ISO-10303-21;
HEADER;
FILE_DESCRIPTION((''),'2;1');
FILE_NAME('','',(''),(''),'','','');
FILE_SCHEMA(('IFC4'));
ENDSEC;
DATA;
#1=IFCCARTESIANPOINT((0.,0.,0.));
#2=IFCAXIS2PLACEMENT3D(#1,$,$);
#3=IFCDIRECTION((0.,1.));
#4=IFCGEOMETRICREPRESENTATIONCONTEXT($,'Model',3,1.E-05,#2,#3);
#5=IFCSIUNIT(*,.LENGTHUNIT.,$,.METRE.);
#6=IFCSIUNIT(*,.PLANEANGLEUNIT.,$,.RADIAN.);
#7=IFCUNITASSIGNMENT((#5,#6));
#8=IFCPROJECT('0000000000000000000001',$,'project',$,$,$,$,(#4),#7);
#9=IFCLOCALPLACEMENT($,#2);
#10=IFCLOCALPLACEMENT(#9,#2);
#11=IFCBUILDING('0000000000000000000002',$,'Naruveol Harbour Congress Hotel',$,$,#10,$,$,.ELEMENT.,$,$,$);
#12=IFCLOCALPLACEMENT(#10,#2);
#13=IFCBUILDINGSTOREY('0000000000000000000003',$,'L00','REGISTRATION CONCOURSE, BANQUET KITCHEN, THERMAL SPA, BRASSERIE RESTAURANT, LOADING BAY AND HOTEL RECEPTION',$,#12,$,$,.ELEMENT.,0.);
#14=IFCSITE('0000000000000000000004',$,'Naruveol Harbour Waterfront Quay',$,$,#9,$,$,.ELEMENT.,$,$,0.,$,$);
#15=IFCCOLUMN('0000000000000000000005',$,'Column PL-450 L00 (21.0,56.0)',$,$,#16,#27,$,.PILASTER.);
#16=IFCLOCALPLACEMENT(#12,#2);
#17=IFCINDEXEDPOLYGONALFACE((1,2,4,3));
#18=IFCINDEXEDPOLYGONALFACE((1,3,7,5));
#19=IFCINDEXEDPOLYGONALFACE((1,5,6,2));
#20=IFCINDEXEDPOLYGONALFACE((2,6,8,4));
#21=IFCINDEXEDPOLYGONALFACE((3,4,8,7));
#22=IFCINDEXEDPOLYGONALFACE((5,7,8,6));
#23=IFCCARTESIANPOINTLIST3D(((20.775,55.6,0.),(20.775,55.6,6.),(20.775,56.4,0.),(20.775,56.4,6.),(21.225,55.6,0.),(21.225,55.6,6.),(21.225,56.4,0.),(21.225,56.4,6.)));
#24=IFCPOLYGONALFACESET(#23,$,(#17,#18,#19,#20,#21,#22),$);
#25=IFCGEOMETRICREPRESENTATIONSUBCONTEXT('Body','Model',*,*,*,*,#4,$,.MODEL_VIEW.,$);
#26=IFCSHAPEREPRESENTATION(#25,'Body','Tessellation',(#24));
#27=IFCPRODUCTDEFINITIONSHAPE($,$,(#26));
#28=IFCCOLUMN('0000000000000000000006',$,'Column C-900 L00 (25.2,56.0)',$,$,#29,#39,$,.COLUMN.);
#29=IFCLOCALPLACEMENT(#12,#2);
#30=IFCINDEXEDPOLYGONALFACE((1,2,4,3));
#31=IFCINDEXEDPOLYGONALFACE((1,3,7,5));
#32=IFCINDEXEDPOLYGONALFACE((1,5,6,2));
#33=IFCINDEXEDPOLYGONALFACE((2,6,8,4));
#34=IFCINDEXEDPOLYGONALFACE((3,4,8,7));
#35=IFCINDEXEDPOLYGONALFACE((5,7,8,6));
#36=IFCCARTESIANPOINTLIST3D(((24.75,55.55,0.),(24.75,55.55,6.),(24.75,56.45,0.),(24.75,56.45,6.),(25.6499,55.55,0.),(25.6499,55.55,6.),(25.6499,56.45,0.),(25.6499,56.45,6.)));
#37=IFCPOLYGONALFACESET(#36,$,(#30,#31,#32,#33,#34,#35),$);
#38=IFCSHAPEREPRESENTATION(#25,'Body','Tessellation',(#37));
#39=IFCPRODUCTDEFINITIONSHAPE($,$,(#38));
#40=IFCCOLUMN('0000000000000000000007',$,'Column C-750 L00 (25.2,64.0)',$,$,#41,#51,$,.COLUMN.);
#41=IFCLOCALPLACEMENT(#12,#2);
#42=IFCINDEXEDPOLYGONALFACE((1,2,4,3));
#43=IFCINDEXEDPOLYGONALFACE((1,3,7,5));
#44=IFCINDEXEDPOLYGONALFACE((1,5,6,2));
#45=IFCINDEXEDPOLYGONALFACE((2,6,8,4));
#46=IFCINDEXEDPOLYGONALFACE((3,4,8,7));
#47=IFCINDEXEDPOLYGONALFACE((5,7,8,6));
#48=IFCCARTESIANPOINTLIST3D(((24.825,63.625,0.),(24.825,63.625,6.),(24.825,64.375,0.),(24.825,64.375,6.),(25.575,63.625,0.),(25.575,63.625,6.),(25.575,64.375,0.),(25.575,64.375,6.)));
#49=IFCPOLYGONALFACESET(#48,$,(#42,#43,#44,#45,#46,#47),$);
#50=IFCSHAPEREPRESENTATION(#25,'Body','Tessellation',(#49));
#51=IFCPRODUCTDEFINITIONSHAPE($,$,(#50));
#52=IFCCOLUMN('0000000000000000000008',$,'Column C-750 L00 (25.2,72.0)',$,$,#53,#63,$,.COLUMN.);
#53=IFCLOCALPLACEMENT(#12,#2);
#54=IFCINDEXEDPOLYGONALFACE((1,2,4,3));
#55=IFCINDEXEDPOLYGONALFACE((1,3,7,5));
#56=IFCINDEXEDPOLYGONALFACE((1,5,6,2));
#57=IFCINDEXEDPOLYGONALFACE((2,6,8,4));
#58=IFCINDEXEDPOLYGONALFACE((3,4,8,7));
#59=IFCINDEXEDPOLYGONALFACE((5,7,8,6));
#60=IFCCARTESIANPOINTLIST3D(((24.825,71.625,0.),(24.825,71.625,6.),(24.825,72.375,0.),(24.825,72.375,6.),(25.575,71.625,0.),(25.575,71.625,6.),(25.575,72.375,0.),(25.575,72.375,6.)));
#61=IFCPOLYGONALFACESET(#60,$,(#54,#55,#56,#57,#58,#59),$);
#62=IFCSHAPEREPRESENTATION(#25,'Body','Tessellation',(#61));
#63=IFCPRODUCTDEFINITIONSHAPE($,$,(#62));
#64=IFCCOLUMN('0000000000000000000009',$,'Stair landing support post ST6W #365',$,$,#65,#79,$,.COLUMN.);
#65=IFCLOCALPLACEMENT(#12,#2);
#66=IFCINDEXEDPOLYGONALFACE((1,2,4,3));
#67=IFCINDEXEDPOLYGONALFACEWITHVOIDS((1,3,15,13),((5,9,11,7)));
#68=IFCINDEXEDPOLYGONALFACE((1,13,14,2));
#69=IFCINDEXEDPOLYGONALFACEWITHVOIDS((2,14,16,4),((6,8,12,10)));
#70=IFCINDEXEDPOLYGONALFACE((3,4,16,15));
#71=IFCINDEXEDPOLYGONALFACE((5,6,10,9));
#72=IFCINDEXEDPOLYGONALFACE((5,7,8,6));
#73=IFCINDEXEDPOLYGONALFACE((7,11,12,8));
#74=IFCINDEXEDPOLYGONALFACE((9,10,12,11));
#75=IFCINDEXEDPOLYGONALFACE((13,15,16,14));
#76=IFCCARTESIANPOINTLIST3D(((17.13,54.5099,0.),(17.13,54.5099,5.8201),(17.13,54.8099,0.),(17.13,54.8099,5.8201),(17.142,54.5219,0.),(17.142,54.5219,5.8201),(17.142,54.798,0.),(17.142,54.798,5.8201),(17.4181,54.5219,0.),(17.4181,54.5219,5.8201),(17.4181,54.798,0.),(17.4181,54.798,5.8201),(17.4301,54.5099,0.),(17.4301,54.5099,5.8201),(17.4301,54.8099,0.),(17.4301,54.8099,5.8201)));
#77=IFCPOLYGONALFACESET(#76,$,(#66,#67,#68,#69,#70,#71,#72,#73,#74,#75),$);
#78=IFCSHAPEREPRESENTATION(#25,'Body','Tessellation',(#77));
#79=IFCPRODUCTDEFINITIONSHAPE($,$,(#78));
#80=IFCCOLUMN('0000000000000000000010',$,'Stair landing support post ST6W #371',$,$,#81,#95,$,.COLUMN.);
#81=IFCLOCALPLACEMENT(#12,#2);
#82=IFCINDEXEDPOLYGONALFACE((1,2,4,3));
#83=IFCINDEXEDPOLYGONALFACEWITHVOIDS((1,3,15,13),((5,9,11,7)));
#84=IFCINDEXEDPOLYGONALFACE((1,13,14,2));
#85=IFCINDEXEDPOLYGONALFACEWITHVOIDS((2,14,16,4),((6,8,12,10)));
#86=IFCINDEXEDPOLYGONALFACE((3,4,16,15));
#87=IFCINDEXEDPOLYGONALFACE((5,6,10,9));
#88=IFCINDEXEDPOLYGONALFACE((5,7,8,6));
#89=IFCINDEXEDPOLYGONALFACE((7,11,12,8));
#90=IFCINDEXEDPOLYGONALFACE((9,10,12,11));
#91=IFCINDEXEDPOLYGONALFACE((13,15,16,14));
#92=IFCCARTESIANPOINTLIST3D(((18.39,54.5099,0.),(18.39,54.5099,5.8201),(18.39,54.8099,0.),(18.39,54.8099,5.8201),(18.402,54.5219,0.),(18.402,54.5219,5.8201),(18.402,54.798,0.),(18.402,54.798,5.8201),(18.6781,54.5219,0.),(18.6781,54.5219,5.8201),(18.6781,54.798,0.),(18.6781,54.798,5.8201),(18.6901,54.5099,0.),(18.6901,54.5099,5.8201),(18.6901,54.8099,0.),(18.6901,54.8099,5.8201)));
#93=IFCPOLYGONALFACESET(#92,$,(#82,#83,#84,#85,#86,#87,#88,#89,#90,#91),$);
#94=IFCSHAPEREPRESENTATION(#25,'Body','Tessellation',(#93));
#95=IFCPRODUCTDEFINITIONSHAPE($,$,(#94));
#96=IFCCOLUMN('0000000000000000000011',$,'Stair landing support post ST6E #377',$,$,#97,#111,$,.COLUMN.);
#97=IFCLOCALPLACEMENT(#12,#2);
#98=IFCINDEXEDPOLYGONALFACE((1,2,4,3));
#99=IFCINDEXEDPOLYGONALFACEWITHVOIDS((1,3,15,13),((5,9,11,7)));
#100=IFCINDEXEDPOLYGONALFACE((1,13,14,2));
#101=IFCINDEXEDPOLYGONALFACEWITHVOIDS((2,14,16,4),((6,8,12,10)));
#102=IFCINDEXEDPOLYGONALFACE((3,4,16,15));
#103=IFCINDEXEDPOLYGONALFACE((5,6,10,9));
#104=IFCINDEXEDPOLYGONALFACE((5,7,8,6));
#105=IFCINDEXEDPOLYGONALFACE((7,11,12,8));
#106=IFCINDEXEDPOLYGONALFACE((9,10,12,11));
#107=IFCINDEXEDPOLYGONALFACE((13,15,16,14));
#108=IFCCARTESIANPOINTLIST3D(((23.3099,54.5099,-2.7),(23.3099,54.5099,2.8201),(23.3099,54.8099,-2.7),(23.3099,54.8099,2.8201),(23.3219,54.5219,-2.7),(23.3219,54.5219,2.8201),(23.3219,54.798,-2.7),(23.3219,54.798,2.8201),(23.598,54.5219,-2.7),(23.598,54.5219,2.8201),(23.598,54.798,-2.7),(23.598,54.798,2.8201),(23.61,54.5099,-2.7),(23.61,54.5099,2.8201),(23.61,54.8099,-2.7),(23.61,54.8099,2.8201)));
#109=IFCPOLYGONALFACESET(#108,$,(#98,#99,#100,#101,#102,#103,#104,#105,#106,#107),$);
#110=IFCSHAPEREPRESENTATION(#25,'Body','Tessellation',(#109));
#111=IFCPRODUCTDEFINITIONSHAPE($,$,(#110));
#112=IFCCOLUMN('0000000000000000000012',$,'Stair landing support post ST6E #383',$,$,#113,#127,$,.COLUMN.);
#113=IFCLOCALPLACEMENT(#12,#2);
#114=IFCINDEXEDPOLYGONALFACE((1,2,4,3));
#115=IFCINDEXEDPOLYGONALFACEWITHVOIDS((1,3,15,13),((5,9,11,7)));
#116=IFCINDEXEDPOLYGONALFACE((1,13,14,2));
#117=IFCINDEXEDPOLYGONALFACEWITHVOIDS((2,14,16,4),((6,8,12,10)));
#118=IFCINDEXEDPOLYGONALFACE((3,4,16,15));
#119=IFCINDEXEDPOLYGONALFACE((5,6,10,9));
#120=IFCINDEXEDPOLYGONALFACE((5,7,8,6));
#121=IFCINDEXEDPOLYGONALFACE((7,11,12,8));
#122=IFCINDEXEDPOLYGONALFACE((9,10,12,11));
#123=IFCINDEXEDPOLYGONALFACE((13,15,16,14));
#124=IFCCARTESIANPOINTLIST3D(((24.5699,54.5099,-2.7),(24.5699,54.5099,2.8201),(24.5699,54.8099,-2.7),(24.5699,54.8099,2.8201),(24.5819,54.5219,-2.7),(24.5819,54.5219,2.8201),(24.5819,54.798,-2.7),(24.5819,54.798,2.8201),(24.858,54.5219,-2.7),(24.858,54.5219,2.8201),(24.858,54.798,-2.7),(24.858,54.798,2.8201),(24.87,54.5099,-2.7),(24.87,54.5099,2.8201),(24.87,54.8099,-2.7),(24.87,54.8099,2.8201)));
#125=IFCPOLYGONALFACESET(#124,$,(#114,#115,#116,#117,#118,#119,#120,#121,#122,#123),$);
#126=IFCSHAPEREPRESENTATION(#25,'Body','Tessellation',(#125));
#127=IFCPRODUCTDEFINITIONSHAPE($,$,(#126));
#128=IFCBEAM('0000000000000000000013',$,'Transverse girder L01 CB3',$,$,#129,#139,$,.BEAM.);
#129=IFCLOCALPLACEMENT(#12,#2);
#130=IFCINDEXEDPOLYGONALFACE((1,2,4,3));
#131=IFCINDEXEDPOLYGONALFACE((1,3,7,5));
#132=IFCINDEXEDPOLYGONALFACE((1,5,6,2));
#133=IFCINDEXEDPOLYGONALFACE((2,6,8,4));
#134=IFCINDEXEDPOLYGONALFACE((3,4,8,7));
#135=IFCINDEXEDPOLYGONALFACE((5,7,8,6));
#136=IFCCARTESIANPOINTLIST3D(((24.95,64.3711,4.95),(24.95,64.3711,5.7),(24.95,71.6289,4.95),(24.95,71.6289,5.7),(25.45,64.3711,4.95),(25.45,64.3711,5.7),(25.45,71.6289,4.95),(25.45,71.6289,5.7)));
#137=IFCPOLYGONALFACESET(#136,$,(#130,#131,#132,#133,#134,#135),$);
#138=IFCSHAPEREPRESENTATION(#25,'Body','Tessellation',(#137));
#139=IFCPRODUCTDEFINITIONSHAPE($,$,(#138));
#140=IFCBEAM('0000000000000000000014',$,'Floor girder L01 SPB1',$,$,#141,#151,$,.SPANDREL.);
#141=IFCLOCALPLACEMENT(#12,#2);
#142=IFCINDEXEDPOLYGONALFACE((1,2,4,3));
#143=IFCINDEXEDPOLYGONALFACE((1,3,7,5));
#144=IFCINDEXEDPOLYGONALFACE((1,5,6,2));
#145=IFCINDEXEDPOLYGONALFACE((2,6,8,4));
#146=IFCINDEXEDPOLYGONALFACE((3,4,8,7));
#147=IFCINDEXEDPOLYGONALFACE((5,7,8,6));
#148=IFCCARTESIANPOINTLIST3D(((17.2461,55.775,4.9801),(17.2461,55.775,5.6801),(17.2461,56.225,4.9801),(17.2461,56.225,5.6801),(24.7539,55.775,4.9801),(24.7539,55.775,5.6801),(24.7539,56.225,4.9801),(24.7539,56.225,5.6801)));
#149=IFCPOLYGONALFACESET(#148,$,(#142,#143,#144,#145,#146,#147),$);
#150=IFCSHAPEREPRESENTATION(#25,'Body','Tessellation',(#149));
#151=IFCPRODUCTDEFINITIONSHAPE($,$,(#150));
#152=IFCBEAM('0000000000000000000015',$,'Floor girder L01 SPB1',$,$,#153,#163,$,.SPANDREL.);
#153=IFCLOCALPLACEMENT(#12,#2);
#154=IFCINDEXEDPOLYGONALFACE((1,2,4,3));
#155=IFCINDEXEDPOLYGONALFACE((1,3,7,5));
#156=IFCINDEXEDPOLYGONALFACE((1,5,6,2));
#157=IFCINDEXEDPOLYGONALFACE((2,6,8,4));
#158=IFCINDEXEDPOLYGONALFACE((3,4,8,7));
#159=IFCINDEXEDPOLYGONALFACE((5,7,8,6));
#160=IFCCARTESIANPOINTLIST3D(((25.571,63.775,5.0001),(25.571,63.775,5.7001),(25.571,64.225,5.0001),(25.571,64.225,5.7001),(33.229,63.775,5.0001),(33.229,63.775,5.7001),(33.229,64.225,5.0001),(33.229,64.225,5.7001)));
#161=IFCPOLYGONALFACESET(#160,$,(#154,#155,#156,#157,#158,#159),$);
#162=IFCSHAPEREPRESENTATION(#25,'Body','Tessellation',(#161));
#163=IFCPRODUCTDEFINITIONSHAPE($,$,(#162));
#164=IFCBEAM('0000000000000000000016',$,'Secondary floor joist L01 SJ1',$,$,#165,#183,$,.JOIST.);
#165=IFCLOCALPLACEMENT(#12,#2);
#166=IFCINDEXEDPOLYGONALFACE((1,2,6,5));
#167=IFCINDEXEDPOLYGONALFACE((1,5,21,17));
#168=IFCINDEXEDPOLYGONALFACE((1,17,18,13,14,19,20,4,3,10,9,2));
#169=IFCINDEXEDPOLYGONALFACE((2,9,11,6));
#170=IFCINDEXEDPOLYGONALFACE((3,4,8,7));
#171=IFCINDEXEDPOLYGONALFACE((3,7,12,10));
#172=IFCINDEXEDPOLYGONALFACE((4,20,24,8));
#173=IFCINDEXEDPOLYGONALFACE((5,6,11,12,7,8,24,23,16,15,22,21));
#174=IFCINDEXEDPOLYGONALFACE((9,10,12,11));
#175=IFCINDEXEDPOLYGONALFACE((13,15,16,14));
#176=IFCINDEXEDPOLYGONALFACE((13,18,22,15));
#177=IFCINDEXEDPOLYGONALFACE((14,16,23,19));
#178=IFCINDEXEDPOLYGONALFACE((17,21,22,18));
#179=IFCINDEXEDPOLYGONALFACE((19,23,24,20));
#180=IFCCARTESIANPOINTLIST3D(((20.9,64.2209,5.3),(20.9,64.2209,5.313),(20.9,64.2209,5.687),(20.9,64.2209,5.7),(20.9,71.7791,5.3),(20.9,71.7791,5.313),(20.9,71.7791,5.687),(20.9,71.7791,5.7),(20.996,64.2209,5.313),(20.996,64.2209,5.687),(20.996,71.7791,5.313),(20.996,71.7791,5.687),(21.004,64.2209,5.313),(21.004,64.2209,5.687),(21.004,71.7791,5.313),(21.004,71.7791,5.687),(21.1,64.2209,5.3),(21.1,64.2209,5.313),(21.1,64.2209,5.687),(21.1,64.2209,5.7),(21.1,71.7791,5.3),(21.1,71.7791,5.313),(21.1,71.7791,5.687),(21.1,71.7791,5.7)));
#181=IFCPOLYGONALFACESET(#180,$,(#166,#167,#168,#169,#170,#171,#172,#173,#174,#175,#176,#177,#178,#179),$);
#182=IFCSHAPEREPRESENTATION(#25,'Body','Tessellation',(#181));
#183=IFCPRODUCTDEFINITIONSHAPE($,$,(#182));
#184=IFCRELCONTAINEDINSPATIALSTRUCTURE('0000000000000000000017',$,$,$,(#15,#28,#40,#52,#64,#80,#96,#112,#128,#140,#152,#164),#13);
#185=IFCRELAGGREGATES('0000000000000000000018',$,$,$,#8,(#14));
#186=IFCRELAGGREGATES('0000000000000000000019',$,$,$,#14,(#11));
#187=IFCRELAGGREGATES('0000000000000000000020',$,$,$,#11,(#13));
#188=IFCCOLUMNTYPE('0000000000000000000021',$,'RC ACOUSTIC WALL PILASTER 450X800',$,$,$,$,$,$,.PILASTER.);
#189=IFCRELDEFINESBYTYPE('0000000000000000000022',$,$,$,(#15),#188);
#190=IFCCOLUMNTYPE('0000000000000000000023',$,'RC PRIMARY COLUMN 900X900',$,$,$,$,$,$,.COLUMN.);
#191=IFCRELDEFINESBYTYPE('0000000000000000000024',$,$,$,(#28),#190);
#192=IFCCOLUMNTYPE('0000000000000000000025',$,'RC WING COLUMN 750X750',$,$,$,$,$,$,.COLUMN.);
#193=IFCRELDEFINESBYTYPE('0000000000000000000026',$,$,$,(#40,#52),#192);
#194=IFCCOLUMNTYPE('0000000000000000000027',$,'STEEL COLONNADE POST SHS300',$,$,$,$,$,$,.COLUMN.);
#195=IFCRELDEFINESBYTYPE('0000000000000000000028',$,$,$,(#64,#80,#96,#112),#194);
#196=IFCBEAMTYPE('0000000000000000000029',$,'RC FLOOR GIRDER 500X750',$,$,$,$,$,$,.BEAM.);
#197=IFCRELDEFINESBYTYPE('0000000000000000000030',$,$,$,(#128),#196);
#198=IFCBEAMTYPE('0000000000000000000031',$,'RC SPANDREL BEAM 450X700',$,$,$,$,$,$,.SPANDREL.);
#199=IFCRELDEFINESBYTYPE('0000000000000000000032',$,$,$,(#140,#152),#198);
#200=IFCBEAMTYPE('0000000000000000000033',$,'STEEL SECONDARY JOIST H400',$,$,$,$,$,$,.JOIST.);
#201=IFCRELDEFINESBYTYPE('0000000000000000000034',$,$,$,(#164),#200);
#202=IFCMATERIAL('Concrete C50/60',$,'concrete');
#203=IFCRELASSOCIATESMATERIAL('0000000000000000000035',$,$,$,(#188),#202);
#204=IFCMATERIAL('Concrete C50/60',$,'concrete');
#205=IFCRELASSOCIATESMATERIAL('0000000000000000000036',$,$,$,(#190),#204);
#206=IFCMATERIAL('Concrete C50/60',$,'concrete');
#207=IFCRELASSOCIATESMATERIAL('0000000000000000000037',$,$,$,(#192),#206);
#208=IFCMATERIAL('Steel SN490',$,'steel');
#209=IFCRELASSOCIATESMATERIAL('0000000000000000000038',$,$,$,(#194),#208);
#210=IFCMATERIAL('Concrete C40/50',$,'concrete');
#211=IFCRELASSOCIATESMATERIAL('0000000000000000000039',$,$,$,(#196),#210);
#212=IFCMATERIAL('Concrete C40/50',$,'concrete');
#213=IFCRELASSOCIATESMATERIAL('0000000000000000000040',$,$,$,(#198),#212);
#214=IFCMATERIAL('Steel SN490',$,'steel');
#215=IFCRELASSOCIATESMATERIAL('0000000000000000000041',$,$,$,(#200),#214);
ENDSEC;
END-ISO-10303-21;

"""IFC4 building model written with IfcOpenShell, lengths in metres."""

from ifc_helpers import new_model, si_unit, direction, frame, origin, origin_2d, place, context, subcontext, project, spatial, rectangle, hollow_rectangle, i_section, extrude, material, material_profile, profile_set, type_object, element, save


model = new_model("IFC4")

# Units and contexts
model_context = context("Model", 3, precision=1e-05, world=origin(), true_north=direction((0.0, 1.0)))
body_context = subcontext(model_context, "Body", "Model", "MODEL_VIEW")
ifc_project = project(units=[si_unit("LENGTHUNIT", "METRE"), si_unit("PLANEANGLEUNIT", "RADIAN")], contexts=[model_context])

# Site, building, storey
site_placement = place(None, origin())
site = spatial("IfcSite", under=ifc_project, at=site_placement, Name="Naruveol Harbour Waterfront Quay", CompositionType="ELEMENT", RefElevation=0.0)
building_placement = place(site_placement, origin())
building = spatial("IfcBuilding", under=site, at=building_placement, Name="Naruveol Harbour Congress Hotel", CompositionType="ELEMENT")
storey_placement = place(building_placement, origin())
storey = spatial("IfcBuildingStorey", under=building, at=storey_placement, Name="L00", Description="REGISTRATION CONCOURSE, BANQUET KITCHEN, THERMAL SPA, BRASSERIE RESTAURANT, LOADING BAY AND HOTEL RECEPTION", CompositionType="ELEMENT", Elevation=0.0)

# Columns
ifc_material_1 = material(Name="Concrete C50/60", Category="concrete")
ifc_material_profile_1 = material_profile(ifc_material_1, rectangle(XDim=0.45, YDim=0.8, at=origin_2d()), Name="RC-450x800")
ifc_profile_set_1 = profile_set([ifc_material_profile_1], Name="Concrete C50/60")
column_type_1 = type_object("IfcColumnType", Name="RC ACOUSTIC WALL PILASTER 450X800", PredefinedType="PILASTER", material=ifc_profile_set_1)
column_1_placement = place(storey_placement, frame((21.0, 56.0, 0.0), z_axis=(0.0, 0.0, 1.0), x_axis=(1.0, 0.0, 0.0)))
element("IfcColumn", 1, at=column_1_placement, inside=storey, type_object=column_type_1, Name="Column PL-450 L00 (21.0,56.0)", PredefinedType="PILASTER", context=body_context, shape_type="SweptSolid", body=[
    extrude(rectangle(XDim=0.45, YDim=0.8, at=origin_2d()), origin(), (0.0, 0.0, 1.0), 6.0),
])
ifc_material_2 = material(Name="Concrete C50/60", Category="concrete")
ifc_material_profile_2 = material_profile(ifc_material_2, rectangle(XDim=0.8999, YDim=0.8999, at=origin_2d()), Name="RC-900x900")
ifc_profile_set_2 = profile_set([ifc_material_profile_2], Name="Concrete C50/60")
column_type_2 = type_object("IfcColumnType", Name="RC PRIMARY COLUMN 900X900", PredefinedType="COLUMN", material=ifc_profile_set_2)
column_2_placement = place(storey_placement, frame((25.2, 56.0, 0.0), z_axis=(0.0, 0.0, 1.0), x_axis=(1.0, 0.0, 0.0)))
element("IfcColumn", 2, at=column_2_placement, inside=storey, type_object=column_type_2, Name="Column C-900 L00 (25.2,56.0)", PredefinedType="COLUMN", context=body_context, shape_type="SweptSolid", body=[
    extrude(rectangle(XDim=0.8999, YDim=0.8999, at=origin_2d()), origin(), (0.0, 0.0, 1.0), 6.0),
])
ifc_material_3 = material(Name="Concrete C50/60", Category="concrete")
ifc_material_profile_3 = material_profile(ifc_material_3, rectangle(XDim=0.75, YDim=0.75, at=origin_2d()), Name="RC-750x750")
ifc_profile_set_3 = profile_set([ifc_material_profile_3], Name="Concrete C50/60")
column_type_3 = type_object("IfcColumnType", Name="RC WING COLUMN 750X750", PredefinedType="COLUMN", material=ifc_profile_set_3)
for number, where, z_axis, x_axis, name in (
    (3, (25.2, 64.0, 0.0), (0.0, 0.0, 1.0), (1.0, 0.0, 0.0), "Column C-750 L00 (25.2,64.0)"),
    (4, (25.2, 72.0, 0.0), (0.0, 0.0, 1.0), (1.0, 0.0, 0.0), "Column C-750 L00 (25.2,72.0)"),
):
    element("IfcColumn", number, at=place(storey_placement, frame(where, z_axis=z_axis, x_axis=x_axis)), inside=storey, type_object=column_type_3, Name=name, PredefinedType="COLUMN", context=body_context, shape_type="SweptSolid", body=[
        extrude(rectangle(XDim=0.75, YDim=0.75, at=origin_2d()), origin(), (0.0, 0.0, 1.0), 6.0),
    ])
ifc_material_4 = material(Name="Steel SN490", Category="steel")
ifc_material_profile_4 = material_profile(ifc_material_4, hollow_rectangle(XDim=0.3, YDim=0.3, WallThickness=0.012, at=origin_2d()), Name="SHS-300x300x12")
ifc_profile_set_4 = profile_set([ifc_material_profile_4], Name="Steel SN490")
column_type_4 = type_object("IfcColumnType", Name="STEEL COLONNADE POST SHS300", PredefinedType="COLUMN", material=ifc_profile_set_4)
for number, where, z_axis, x_axis, name in (
    (5, (17.28, 54.6599, 0.0), (0.0, 0.0, 1.0), (1.0, 0.0, 0.0), "Stair landing support post ST6W #365"),
    (6, (18.54, 54.6599, 0.0), (0.0, 0.0, 1.0), (1.0, 0.0, 0.0), "Stair landing support post ST6W #371"),
):
    element("IfcColumn", number, at=place(storey_placement, frame(where, z_axis=z_axis, x_axis=x_axis)), inside=storey, type_object=column_type_4, Name=name, PredefinedType="COLUMN", context=body_context, shape_type="SweptSolid", body=[
        extrude(hollow_rectangle(XDim=0.3, YDim=0.3, WallThickness=0.012, at=origin_2d()), origin(), (0.0, 0.0, 1.0), 5.8201),
    ])
for number, where, z_axis, x_axis, name in (
    (7, (23.46, 54.6599, -2.7), (0.0, 0.0, 1.0), (1.0, 0.0, 0.0), "Stair landing support post ST6E #377"),
    (8, (24.72, 54.6599, -2.7), (0.0, 0.0, 1.0), (1.0, 0.0, 0.0), "Stair landing support post ST6E #383"),
):
    element("IfcColumn", number, at=place(storey_placement, frame(where, z_axis=z_axis, x_axis=x_axis)), inside=storey, type_object=column_type_4, Name=name, PredefinedType="COLUMN", context=body_context, shape_type="SweptSolid", body=[
        extrude(hollow_rectangle(XDim=0.3, YDim=0.3, WallThickness=0.012, at=origin_2d()), origin(), (0.0, 0.0, 1.0), 5.52),
    ])

# Beams
ifc_material_5 = material(Name="Concrete C40/50", Category="concrete")
ifc_material_profile_5 = material_profile(ifc_material_5, rectangle(XDim=0.5, YDim=0.75, at=origin_2d()), Name="RCB-500x750")
ifc_profile_set_5 = profile_set([ifc_material_profile_5], Name="Concrete C40/50")
beam_type_1 = type_object("IfcBeamType", Name="RC FLOOR GIRDER 500X750", PredefinedType="BEAM", material=ifc_profile_set_5)
beam_1_placement = place(storey_placement, frame((25.2, 64.3711, 5.325), z_axis=(0.0, 1.0, 0.0), x_axis=(-1.0, 0.0, 0.0)))
element("IfcBeam", 9, at=beam_1_placement, inside=storey, type_object=beam_type_1, Name="Transverse girder L01 CB3", PredefinedType="BEAM", context=body_context, shape_type="SweptSolid", body=[
    extrude(rectangle(XDim=0.5, YDim=0.75, at=origin_2d()), origin(), (0.0, 0.0, 1.0), 7.2578),
])
ifc_material_6 = material(Name="Concrete C40/50", Category="concrete")
ifc_material_profile_6 = material_profile(ifc_material_6, rectangle(XDim=0.45, YDim=0.7, at=origin_2d()), Name="RCB-450x700")
ifc_profile_set_6 = profile_set([ifc_material_profile_6], Name="Concrete C40/50")
beam_type_2 = type_object("IfcBeamType", Name="RC SPANDREL BEAM 450X700", PredefinedType="SPANDREL", material=ifc_profile_set_6)
beam_2_placement = place(storey_placement, frame((17.2461, 56.0, 5.3301), z_axis=(1.0, 0.0, 0.0), x_axis=(0.0, 1.0, 0.0)))
element("IfcBeam", 10, at=beam_2_placement, inside=storey, type_object=beam_type_2, Name="Floor girder L01 SPB1", PredefinedType="SPANDREL", context=body_context, shape_type="SweptSolid", body=[
    extrude(rectangle(XDim=0.45, YDim=0.7, at=origin_2d()), origin(), (0.0, 0.0, 1.0), 7.5078),
])
beam_3_placement = place(storey_placement, frame((25.571, 64.0, 5.3501), z_axis=(1.0, 0.0, 0.0), x_axis=(0.0, 1.0, 0.0)))
element("IfcBeam", 11, at=beam_3_placement, inside=storey, type_object=beam_type_2, Name="Floor girder L01 SPB1", PredefinedType="SPANDREL", context=body_context, shape_type="SweptSolid", body=[
    extrude(rectangle(XDim=0.45, YDim=0.7, at=origin_2d()), origin(), (0.0, 0.0, 1.0), 7.658),
])
ifc_material_7 = material(Name="Steel SN490", Category="steel")
ifc_material_profile_7 = material_profile(ifc_material_7, i_section(OverallWidth=0.2, OverallDepth=0.3999, WebThickness=0.0081, FlangeThickness=0.0129, at=origin_2d()), Name="H-400x200x8x13")
ifc_profile_set_7 = profile_set([ifc_material_profile_7], Name="Steel SN490")
beam_type_3 = type_object("IfcBeamType", Name="STEEL SECONDARY JOIST H400", PredefinedType="JOIST", material=ifc_profile_set_7)
beam_4_placement = place(storey_placement, frame((21.0, 64.2209, 5.5), z_axis=(0.0, 1.0, 0.0), x_axis=(-1.0, 0.0, 0.0)))
element("IfcBeam", 12, at=beam_4_placement, inside=storey, type_object=beam_type_3, Name="Secondary floor joist L01 SJ1", PredefinedType="JOIST", context=body_context, shape_type="SweptSolid", body=[
    extrude(i_section(OverallWidth=0.2, OverallDepth=0.3999, WebThickness=0.0081, FlangeThickness=0.0129, at=origin_2d()), origin(), (0.0, 0.0, 1.0), 7.5581),
])

save(model, "model.ifc")
